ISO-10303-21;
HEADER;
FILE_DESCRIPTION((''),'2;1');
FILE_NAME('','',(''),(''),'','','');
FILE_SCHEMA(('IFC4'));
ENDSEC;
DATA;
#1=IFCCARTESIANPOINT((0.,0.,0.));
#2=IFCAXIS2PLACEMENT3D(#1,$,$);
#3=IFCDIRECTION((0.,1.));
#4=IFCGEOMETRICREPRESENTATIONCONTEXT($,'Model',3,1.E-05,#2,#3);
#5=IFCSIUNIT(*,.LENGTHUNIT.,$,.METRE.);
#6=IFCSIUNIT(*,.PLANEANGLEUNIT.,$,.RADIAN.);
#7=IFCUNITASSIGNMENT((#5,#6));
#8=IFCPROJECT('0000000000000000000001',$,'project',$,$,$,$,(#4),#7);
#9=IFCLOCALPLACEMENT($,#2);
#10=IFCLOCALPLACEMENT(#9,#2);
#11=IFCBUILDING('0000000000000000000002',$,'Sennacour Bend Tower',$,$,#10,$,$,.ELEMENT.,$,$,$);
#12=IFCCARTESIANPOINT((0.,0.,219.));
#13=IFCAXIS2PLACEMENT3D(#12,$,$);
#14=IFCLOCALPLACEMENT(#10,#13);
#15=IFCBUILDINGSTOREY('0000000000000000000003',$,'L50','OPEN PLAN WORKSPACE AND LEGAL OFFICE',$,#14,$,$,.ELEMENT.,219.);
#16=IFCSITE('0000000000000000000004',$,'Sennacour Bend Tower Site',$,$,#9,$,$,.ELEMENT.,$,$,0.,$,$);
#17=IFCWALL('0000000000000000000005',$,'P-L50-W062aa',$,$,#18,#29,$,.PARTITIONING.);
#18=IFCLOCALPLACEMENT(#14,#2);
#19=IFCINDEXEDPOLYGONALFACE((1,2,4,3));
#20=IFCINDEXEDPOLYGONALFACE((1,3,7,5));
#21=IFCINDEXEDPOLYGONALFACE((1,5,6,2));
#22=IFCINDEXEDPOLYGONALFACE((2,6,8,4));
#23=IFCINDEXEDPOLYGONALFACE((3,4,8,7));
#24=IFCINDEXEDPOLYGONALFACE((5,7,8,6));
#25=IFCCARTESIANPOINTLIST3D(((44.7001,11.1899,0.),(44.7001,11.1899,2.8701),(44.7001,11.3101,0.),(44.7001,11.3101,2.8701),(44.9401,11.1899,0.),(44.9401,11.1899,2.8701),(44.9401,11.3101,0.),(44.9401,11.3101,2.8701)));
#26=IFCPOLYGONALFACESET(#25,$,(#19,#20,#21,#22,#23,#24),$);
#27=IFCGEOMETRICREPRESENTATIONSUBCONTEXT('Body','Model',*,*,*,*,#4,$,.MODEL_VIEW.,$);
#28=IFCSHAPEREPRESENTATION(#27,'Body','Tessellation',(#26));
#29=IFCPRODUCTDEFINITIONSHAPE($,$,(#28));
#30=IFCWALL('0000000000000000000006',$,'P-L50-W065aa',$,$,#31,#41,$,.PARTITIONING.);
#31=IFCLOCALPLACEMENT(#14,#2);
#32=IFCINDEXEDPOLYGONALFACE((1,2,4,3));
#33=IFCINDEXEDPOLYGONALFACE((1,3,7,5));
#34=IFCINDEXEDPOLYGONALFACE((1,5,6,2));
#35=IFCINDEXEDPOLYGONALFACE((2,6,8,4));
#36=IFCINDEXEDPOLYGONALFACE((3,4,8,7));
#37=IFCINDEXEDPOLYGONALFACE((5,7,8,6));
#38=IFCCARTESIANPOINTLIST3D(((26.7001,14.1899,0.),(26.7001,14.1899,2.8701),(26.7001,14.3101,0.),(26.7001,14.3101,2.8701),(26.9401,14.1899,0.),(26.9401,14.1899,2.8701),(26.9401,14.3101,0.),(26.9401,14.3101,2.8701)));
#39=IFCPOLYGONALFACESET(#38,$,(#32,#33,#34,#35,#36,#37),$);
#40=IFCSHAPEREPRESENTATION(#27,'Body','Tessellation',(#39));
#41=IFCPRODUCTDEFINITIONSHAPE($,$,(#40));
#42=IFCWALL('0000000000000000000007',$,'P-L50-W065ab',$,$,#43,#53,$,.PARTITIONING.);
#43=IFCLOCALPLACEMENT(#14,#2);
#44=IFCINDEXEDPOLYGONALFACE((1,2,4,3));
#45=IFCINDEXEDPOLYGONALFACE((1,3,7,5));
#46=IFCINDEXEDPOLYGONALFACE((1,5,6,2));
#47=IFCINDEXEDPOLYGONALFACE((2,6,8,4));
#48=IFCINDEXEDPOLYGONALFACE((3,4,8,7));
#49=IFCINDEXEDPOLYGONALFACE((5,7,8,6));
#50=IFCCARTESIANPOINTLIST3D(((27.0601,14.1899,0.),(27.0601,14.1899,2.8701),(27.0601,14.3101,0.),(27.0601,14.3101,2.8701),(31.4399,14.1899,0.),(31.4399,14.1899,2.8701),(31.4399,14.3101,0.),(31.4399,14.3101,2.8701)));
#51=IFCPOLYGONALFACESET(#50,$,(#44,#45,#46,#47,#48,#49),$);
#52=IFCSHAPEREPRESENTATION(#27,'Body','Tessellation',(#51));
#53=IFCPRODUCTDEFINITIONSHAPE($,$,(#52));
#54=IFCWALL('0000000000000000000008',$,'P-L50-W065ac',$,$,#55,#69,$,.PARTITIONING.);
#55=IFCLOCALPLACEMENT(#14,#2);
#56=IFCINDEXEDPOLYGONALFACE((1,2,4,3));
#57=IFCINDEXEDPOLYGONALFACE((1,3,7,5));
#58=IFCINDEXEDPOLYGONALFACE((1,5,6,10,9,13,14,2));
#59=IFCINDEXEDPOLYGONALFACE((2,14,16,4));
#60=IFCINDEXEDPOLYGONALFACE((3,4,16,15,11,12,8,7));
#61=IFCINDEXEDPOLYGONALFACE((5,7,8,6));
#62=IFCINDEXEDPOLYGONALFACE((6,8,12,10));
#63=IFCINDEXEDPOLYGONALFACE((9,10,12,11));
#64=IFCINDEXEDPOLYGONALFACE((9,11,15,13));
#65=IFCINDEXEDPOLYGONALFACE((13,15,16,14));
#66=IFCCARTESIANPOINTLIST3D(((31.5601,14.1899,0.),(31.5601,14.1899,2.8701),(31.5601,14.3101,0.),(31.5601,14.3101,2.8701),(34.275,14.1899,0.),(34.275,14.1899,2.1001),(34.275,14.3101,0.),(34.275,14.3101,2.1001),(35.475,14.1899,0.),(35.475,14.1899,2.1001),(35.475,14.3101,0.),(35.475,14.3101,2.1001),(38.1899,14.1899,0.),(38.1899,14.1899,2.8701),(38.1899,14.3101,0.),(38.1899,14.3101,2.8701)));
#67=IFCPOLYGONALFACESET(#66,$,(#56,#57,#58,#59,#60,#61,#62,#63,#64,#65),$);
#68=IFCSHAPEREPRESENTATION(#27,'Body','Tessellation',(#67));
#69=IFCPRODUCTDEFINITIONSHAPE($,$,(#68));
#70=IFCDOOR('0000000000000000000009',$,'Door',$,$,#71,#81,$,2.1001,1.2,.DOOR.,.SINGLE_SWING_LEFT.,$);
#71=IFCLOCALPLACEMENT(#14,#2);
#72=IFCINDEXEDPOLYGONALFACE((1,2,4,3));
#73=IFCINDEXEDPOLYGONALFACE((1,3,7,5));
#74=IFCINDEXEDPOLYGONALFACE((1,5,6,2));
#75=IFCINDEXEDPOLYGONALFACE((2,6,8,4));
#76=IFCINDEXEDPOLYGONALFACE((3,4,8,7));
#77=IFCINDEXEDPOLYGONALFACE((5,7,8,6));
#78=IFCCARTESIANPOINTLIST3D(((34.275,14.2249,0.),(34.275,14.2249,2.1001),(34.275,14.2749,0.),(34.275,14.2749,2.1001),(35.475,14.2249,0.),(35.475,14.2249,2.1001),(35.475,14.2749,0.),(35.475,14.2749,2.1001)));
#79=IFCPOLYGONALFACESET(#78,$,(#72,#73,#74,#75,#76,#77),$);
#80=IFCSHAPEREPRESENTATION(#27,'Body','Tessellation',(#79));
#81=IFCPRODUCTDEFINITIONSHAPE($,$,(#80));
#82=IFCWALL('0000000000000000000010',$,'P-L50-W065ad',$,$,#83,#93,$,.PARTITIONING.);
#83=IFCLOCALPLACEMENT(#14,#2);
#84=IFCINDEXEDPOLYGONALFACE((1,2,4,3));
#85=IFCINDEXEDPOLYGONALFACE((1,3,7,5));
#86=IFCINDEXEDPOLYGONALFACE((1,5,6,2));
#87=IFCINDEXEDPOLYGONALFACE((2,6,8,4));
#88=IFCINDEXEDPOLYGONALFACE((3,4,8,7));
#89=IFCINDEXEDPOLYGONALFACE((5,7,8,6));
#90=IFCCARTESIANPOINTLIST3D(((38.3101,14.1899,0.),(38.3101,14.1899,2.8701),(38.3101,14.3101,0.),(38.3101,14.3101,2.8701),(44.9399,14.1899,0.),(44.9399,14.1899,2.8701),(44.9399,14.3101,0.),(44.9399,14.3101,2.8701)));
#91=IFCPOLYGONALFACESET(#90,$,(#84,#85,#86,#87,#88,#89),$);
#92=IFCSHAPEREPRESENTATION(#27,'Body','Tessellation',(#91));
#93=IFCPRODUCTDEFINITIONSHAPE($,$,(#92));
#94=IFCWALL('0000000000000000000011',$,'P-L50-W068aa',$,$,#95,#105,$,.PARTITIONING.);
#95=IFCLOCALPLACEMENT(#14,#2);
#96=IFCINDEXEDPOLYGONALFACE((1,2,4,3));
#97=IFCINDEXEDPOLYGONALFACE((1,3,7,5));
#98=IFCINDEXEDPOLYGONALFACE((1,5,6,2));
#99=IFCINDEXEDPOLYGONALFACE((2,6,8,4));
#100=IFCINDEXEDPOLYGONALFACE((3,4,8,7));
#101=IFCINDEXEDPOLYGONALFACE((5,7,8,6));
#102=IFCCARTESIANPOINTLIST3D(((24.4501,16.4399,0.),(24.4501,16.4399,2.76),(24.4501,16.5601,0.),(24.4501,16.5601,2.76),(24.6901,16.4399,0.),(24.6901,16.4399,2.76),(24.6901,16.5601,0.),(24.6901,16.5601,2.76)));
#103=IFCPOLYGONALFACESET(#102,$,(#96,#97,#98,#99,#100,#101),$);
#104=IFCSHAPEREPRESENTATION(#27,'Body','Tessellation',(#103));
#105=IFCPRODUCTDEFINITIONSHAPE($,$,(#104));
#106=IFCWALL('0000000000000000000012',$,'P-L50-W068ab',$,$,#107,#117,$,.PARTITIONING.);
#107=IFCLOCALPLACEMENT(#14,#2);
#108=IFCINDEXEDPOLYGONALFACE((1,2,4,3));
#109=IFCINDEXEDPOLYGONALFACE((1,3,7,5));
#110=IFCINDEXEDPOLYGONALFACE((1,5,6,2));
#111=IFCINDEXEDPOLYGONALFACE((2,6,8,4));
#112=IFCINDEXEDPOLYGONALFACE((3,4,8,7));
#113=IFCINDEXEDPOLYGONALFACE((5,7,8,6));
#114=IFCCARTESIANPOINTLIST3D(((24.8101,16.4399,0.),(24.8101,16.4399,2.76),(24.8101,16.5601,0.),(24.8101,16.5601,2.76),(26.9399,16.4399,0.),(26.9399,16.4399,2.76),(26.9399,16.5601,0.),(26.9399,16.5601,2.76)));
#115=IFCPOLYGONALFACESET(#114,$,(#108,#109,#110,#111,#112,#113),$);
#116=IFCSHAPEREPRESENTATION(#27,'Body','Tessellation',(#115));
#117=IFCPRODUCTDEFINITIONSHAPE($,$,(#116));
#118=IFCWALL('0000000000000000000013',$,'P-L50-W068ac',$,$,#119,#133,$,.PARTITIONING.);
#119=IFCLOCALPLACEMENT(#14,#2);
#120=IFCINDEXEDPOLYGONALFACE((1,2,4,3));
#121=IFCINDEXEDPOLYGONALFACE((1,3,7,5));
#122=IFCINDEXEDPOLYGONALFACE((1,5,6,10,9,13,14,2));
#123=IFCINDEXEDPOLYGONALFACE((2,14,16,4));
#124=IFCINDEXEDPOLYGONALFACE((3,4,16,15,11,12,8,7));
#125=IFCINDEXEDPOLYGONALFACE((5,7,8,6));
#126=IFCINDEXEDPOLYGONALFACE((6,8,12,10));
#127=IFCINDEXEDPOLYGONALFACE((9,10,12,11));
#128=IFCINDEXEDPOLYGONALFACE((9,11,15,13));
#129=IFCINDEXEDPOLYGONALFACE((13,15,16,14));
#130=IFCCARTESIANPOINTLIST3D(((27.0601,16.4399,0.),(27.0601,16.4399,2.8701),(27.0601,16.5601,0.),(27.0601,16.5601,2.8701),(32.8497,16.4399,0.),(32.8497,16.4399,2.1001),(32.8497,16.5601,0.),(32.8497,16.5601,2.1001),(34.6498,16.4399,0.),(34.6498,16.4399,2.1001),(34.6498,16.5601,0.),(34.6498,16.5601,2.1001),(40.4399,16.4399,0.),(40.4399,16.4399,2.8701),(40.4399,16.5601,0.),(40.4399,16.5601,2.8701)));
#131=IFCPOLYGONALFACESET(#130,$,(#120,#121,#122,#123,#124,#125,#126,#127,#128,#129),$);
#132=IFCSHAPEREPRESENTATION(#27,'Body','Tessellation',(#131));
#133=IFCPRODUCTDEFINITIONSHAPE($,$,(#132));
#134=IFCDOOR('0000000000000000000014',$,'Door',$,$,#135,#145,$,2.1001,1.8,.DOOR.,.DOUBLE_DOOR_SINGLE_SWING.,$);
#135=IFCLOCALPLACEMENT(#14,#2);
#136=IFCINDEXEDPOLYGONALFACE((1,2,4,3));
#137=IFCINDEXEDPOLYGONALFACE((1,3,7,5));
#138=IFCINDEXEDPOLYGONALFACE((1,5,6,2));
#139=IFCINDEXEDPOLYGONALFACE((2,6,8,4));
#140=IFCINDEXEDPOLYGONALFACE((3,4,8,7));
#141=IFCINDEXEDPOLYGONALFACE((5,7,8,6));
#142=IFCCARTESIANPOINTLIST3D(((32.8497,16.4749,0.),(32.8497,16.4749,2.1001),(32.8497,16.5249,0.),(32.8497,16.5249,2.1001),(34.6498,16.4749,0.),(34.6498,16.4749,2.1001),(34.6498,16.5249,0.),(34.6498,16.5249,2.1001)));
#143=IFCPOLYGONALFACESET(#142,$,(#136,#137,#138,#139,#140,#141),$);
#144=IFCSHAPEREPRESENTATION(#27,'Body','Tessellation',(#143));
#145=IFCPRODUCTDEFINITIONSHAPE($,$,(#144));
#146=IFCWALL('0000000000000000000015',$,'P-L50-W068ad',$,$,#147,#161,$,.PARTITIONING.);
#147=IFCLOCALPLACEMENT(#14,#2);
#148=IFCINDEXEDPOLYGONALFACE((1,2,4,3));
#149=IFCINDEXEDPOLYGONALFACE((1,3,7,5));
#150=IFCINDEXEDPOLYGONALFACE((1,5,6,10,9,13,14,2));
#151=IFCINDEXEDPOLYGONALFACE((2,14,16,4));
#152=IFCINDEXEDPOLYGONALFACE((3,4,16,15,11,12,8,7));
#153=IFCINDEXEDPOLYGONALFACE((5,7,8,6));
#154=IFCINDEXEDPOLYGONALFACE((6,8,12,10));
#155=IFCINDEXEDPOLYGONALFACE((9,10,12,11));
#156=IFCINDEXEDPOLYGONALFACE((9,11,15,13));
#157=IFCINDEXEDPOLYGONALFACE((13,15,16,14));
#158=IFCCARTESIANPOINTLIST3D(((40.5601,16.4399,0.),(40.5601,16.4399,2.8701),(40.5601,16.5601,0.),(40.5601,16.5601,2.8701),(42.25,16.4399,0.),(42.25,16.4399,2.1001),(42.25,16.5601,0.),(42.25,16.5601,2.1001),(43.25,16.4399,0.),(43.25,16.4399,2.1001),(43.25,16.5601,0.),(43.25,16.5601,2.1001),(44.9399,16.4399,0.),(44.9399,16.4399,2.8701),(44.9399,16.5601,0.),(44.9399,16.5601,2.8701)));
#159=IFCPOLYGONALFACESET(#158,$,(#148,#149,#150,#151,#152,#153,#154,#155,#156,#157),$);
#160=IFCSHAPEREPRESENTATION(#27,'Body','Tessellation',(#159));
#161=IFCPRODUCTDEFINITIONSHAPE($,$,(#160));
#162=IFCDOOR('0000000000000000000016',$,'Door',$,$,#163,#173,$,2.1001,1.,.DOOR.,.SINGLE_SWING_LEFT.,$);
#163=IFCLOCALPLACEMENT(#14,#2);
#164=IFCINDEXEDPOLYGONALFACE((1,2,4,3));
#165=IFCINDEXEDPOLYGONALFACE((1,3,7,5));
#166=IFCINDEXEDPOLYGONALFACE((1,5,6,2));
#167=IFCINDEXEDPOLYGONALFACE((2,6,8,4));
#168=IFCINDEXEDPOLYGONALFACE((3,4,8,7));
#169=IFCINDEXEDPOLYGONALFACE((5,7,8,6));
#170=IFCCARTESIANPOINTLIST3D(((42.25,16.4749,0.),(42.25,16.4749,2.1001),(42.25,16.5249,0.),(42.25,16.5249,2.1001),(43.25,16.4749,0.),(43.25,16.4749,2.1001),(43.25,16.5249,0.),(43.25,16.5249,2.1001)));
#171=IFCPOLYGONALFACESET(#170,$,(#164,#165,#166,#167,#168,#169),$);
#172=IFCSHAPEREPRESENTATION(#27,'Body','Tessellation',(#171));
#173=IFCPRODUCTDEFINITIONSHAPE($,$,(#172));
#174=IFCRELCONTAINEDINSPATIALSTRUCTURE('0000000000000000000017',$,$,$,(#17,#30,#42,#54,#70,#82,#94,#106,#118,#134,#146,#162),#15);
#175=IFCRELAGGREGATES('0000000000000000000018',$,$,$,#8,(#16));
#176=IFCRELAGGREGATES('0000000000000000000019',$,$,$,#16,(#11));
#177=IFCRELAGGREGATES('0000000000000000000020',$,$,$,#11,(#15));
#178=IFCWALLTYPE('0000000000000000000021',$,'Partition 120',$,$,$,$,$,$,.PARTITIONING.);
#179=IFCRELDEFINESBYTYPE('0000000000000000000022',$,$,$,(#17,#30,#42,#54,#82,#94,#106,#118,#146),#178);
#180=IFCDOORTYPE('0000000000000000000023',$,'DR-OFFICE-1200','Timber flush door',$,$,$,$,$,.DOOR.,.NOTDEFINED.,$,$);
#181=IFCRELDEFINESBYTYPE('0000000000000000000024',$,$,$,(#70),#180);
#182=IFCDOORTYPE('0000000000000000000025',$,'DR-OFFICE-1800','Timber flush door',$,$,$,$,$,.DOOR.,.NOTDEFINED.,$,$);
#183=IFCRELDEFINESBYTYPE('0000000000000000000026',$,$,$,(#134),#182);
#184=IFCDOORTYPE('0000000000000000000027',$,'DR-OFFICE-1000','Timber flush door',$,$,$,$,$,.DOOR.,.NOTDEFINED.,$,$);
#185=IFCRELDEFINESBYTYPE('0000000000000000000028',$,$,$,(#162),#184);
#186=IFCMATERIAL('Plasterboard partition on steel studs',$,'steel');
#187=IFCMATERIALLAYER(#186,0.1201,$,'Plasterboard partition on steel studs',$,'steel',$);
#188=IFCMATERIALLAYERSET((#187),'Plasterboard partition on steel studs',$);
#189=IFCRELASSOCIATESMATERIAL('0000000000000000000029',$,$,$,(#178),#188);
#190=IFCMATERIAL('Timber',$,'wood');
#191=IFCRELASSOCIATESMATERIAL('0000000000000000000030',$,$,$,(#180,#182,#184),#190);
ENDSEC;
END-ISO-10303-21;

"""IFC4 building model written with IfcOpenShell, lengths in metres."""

from ifc_helpers import new_model, si_unit, direction, frame, frame_2d, origin, place, context, subcontext, project, spatial, rectangle, extrude, material, layer, layer_set, type_object, element, fill, save


model = new_model("IFC4")

# Units and contexts
model_context = context("Model", 3, precision=1e-05, world=origin(), true_north=direction((0.0, 1.0)))
body_context = subcontext(model_context, "Body", "Model", "MODEL_VIEW")
ifc_project = project(units=[si_unit("LENGTHUNIT", "METRE"), si_unit("PLANEANGLEUNIT", "RADIAN")], contexts=[model_context])

# Site, building, storey
site_placement = place(None, origin())
site = spatial("IfcSite", under=ifc_project, at=site_placement, Name="Sennacour Bend Tower Site", CompositionType="ELEMENT", RefElevation=0.0)
building_placement = place(site_placement, origin())
building = spatial("IfcBuilding", under=site, at=building_placement, Name="Sennacour Bend Tower", CompositionType="ELEMENT")
storey_placement = place(building_placement, frame((0.0, 0.0, 219.0)))
storey = spatial("IfcBuildingStorey", under=building, at=storey_placement, Name="L50", Description="OPEN PLAN WORKSPACE AND LEGAL OFFICE", CompositionType="ELEMENT", Elevation=219.0)

# Walls
ifc_material_1 = material(Name="Plasterboard partition on steel studs", Category="steel")
ifc_layer_1 = layer(ifc_material_1, 0.1201, Name="Plasterboard partition on steel studs", Category="steel")
ifc_layer_set_1 = layer_set([ifc_layer_1], Name="Plasterboard partition on steel studs")
wall_type_1 = type_object("IfcWallType", Name="Partition 120", PredefinedType="PARTITIONING", material=ifc_layer_set_1)
for number, where, z_axis, x_axis, name in (
    (1, (44.7, 11.25, 0.0), (0.0, 0.0, 1.0), (1.0, 0.0, 0.0), "P-L50-W062aa"),
    (2, (26.7, 14.25, 0.0), (0.0, 0.0, 1.0), (1.0, 0.0, 0.0), "P-L50-W065aa"),
):
    element("IfcWall", number, at=place(storey_placement, frame(where, z_axis=z_axis, x_axis=x_axis)), inside=storey, type_object=wall_type_1, Name=name, PredefinedType="PARTITIONING", context=body_context, shape_type="SweptSolid", body=[
        extrude(rectangle(XDim=0.24, YDim=0.1201, at=frame_2d((0.1201, 0.0))), origin(), (0.0, 0.0, 1.0), 2.8701),
    ])
wall_1_placement = place(storey_placement, frame((27.0601, 14.25, 0.0), z_axis=(0.0, 0.0, 1.0), x_axis=(1.0, 0.0, 0.0)))
element("IfcWall", 3, at=wall_1_placement, inside=storey, type_object=wall_type_1, Name="P-L50-W065ab", PredefinedType="PARTITIONING", context=body_context, shape_type="SweptSolid", body=[
    extrude(rectangle(XDim=4.3799, YDim=0.1201, at=frame_2d((2.1899, 0.0))), origin(), (0.0, 0.0, 1.0), 2.8701),
])

# Wall, opening, door
wall_2_placement = place(storey_placement, frame((31.5601, 14.25, 0.0), z_axis=(0.0, 0.0, 1.0), x_axis=(1.0, 0.0, 0.0)))
wall_2 = element("IfcWall", 4, at=wall_2_placement, inside=storey, type_object=wall_type_1, Name="P-L50-W065ac", PredefinedType="PARTITIONING", context=body_context, shape_type="SweptSolid", body=[
    extrude(rectangle(XDim=6.6299, YDim=0.1201, at=frame_2d((3.3149, 0.0))), origin(), (0.0, 0.0, 1.0), 2.8701),
])
opening_1_placement = place(wall_2_placement, frame((2.7148, 0.0, 0.0)))
opening_1 = element("IfcOpeningElement", 5, at=opening_1_placement, cuts=wall_2, PredefinedType="OPENING", context=body_context, shape_type="SweptSolid", body=[
    extrude(rectangle(XDim=1.2, YDim=2.1001, at=frame_2d((0.6001, 1.05))), frame((0.0, 0.0701, 0.0), z_axis=(0.0, -1.0, 0.0), x_axis=(1.0, 0.0, 0.0)), (0.0, 0.0, 1.0), 0.1401),
])
ifc_material_2 = material(Name="Timber", Category="wood")
door_type_1 = type_object("IfcDoorType", Name="DR-OFFICE-1200", Description="Timber flush door", OperationType="NOTDEFINED", PredefinedType="DOOR", material=ifc_material_2)
door_1_placement = place(opening_1_placement, origin())
door_1 = element("IfcDoor", 6, at=door_1_placement, inside=storey, type_object=door_type_1, Name="Door", OperationType="SINGLE_SWING_LEFT", OverallHeight=2.1001, OverallWidth=1.2, PredefinedType="DOOR", context=body_context, shape_type="SweptSolid", body=[
    extrude(rectangle(XDim=1.2, YDim=2.1001, at=frame_2d((0.6001, 1.05))), frame((0.0, 0.0249, 0.0), z_axis=(0.0, -1.0, 0.0), x_axis=(1.0, 0.0, 0.0)), (0.0, 0.0, 1.0), 0.05),
])
fill(opening_1, door_1)

# Walls
wall_3_placement = place(storey_placement, frame((38.3101, 14.25, 0.0), z_axis=(0.0, 0.0, 1.0), x_axis=(1.0, 0.0, 0.0)))
element("IfcWall", 7, at=wall_3_placement, inside=storey, type_object=wall_type_1, Name="P-L50-W065ad", PredefinedType="PARTITIONING", context=body_context, shape_type="SweptSolid", body=[
    extrude(rectangle(XDim=6.6299, YDim=0.1201, at=frame_2d((3.3149, 0.0))), origin(), (0.0, 0.0, 1.0), 2.8701),
])
wall_4_placement = place(storey_placement, frame((24.45, 16.5, 0.0), z_axis=(0.0, 0.0, 1.0), x_axis=(1.0, 0.0, 0.0)))
element("IfcWall", 8, at=wall_4_placement, inside=storey, type_object=wall_type_1, Name="P-L50-W068aa", PredefinedType="PARTITIONING", context=body_context, shape_type="SweptSolid", body=[
    extrude(rectangle(XDim=0.24, YDim=0.1201, at=frame_2d((0.1201, 0.0))), origin(), (0.0, 0.0, 1.0), 2.76),
])
wall_5_placement = place(storey_placement, frame((24.8101, 16.5, 0.0), z_axis=(0.0, 0.0, 1.0), x_axis=(1.0, 0.0, 0.0)))
element("IfcWall", 9, at=wall_5_placement, inside=storey, type_object=wall_type_1, Name="P-L50-W068ab", PredefinedType="PARTITIONING", context=body_context, shape_type="SweptSolid", body=[
    extrude(rectangle(XDim=2.1299, YDim=0.1201, at=frame_2d((1.0649, 0.0))), origin(), (0.0, 0.0, 1.0), 2.76),
])

# Walls, openings, doors
wall_6_placement = place(storey_placement, frame((27.0601, 16.5, 0.0), z_axis=(0.0, 0.0, 1.0), x_axis=(1.0, 0.0, 0.0)))
wall_6 = element("IfcWall", 10, at=wall_6_placement, inside=storey, type_object=wall_type_1, Name="P-L50-W068ac", PredefinedType="PARTITIONING", context=body_context, shape_type="SweptSolid", body=[
    extrude(rectangle(XDim=13.3799, YDim=0.1201, at=frame_2d((6.6899, 0.0))), origin(), (0.0, 0.0, 1.0), 2.8701),
])
opening_2_placement = place(wall_6_placement, frame((5.7898, 0.0, 0.0)))
opening_2 = element("IfcOpeningElement", 11, at=opening_2_placement, cuts=wall_6, PredefinedType="OPENING", context=body_context, shape_type="SweptSolid", body=[
    extrude(rectangle(XDim=1.8, YDim=2.1001, at=frame_2d((0.8999, 1.05))), frame((0.0, 0.0701, 0.0), z_axis=(0.0, -1.0, 0.0), x_axis=(1.0, 0.0, 0.0)), (0.0, 0.0, 1.0), 0.1401),
])
door_type_2 = type_object("IfcDoorType", Name="DR-OFFICE-1800", Description="Timber flush door", OperationType="NOTDEFINED", PredefinedType="DOOR", material=ifc_material_2)
door_2_placement = place(opening_2_placement, origin())
door_2 = element("IfcDoor", 12, at=door_2_placement, inside=storey, type_object=door_type_2, Name="Door", OperationType="DOUBLE_DOOR_SINGLE_SWING", OverallHeight=2.1001, OverallWidth=1.8, PredefinedType="DOOR", context=body_context, shape_type="SweptSolid", body=[
    extrude(rectangle(XDim=1.8, YDim=2.1001, at=frame_2d((0.8999, 1.05))), frame((0.0, 0.0249, 0.0), z_axis=(0.0, -1.0, 0.0), x_axis=(1.0, 0.0, 0.0)), (0.0, 0.0, 1.0), 0.05),
])
fill(opening_2, door_2)
wall_7_placement = place(storey_placement, frame((40.5601, 16.5, 0.0), z_axis=(0.0, 0.0, 1.0), x_axis=(1.0, 0.0, 0.0)))
wall_7 = element("IfcWall", 13, at=wall_7_placement, inside=storey, type_object=wall_type_1, Name="P-L50-W068ad", PredefinedType="PARTITIONING", context=body_context, shape_type="SweptSolid", body=[
    extrude(rectangle(XDim=4.3799, YDim=0.1201, at=frame_2d((2.1899, 0.0))), origin(), (0.0, 0.0, 1.0), 2.8701),
])
opening_3_placement = place(wall_7_placement, frame((1.6899, 0.0, 0.0)))
opening_3 = element("IfcOpeningElement", 14, at=opening_3_placement, cuts=wall_7, PredefinedType="OPENING", context=body_context, shape_type="SweptSolid", body=[
    extrude(rectangle(XDim=1.0, YDim=2.1001, at=frame_2d((0.5, 1.05))), frame((0.0, 0.0701, 0.0), z_axis=(0.0, -1.0, 0.0), x_axis=(1.0, 0.0, 0.0)), (0.0, 0.0, 1.0), 0.1401),
])
door_type_3 = type_object("IfcDoorType", Name="DR-OFFICE-1000", Description="Timber flush door", OperationType="NOTDEFINED", PredefinedType="DOOR", material=ifc_material_2)
door_3_placement = place(opening_3_placement, origin())
door_3 = element("IfcDoor", 15, at=door_3_placement, inside=storey, type_object=door_type_3, Name="Door", OperationType="SINGLE_SWING_LEFT", OverallHeight=2.1001, OverallWidth=1.0, PredefinedType="DOOR", context=body_context, shape_type="SweptSolid", body=[
    extrude(rectangle(XDim=1.0, YDim=2.1001, at=frame_2d((0.5, 1.05))), frame((0.0, 0.0249, 0.0), z_axis=(0.0, -1.0, 0.0), x_axis=(1.0, 0.0, 0.0)), (0.0, 0.0, 1.0), 0.05),
])
fill(opening_3, door_3)

save(model, "model.ifc")
